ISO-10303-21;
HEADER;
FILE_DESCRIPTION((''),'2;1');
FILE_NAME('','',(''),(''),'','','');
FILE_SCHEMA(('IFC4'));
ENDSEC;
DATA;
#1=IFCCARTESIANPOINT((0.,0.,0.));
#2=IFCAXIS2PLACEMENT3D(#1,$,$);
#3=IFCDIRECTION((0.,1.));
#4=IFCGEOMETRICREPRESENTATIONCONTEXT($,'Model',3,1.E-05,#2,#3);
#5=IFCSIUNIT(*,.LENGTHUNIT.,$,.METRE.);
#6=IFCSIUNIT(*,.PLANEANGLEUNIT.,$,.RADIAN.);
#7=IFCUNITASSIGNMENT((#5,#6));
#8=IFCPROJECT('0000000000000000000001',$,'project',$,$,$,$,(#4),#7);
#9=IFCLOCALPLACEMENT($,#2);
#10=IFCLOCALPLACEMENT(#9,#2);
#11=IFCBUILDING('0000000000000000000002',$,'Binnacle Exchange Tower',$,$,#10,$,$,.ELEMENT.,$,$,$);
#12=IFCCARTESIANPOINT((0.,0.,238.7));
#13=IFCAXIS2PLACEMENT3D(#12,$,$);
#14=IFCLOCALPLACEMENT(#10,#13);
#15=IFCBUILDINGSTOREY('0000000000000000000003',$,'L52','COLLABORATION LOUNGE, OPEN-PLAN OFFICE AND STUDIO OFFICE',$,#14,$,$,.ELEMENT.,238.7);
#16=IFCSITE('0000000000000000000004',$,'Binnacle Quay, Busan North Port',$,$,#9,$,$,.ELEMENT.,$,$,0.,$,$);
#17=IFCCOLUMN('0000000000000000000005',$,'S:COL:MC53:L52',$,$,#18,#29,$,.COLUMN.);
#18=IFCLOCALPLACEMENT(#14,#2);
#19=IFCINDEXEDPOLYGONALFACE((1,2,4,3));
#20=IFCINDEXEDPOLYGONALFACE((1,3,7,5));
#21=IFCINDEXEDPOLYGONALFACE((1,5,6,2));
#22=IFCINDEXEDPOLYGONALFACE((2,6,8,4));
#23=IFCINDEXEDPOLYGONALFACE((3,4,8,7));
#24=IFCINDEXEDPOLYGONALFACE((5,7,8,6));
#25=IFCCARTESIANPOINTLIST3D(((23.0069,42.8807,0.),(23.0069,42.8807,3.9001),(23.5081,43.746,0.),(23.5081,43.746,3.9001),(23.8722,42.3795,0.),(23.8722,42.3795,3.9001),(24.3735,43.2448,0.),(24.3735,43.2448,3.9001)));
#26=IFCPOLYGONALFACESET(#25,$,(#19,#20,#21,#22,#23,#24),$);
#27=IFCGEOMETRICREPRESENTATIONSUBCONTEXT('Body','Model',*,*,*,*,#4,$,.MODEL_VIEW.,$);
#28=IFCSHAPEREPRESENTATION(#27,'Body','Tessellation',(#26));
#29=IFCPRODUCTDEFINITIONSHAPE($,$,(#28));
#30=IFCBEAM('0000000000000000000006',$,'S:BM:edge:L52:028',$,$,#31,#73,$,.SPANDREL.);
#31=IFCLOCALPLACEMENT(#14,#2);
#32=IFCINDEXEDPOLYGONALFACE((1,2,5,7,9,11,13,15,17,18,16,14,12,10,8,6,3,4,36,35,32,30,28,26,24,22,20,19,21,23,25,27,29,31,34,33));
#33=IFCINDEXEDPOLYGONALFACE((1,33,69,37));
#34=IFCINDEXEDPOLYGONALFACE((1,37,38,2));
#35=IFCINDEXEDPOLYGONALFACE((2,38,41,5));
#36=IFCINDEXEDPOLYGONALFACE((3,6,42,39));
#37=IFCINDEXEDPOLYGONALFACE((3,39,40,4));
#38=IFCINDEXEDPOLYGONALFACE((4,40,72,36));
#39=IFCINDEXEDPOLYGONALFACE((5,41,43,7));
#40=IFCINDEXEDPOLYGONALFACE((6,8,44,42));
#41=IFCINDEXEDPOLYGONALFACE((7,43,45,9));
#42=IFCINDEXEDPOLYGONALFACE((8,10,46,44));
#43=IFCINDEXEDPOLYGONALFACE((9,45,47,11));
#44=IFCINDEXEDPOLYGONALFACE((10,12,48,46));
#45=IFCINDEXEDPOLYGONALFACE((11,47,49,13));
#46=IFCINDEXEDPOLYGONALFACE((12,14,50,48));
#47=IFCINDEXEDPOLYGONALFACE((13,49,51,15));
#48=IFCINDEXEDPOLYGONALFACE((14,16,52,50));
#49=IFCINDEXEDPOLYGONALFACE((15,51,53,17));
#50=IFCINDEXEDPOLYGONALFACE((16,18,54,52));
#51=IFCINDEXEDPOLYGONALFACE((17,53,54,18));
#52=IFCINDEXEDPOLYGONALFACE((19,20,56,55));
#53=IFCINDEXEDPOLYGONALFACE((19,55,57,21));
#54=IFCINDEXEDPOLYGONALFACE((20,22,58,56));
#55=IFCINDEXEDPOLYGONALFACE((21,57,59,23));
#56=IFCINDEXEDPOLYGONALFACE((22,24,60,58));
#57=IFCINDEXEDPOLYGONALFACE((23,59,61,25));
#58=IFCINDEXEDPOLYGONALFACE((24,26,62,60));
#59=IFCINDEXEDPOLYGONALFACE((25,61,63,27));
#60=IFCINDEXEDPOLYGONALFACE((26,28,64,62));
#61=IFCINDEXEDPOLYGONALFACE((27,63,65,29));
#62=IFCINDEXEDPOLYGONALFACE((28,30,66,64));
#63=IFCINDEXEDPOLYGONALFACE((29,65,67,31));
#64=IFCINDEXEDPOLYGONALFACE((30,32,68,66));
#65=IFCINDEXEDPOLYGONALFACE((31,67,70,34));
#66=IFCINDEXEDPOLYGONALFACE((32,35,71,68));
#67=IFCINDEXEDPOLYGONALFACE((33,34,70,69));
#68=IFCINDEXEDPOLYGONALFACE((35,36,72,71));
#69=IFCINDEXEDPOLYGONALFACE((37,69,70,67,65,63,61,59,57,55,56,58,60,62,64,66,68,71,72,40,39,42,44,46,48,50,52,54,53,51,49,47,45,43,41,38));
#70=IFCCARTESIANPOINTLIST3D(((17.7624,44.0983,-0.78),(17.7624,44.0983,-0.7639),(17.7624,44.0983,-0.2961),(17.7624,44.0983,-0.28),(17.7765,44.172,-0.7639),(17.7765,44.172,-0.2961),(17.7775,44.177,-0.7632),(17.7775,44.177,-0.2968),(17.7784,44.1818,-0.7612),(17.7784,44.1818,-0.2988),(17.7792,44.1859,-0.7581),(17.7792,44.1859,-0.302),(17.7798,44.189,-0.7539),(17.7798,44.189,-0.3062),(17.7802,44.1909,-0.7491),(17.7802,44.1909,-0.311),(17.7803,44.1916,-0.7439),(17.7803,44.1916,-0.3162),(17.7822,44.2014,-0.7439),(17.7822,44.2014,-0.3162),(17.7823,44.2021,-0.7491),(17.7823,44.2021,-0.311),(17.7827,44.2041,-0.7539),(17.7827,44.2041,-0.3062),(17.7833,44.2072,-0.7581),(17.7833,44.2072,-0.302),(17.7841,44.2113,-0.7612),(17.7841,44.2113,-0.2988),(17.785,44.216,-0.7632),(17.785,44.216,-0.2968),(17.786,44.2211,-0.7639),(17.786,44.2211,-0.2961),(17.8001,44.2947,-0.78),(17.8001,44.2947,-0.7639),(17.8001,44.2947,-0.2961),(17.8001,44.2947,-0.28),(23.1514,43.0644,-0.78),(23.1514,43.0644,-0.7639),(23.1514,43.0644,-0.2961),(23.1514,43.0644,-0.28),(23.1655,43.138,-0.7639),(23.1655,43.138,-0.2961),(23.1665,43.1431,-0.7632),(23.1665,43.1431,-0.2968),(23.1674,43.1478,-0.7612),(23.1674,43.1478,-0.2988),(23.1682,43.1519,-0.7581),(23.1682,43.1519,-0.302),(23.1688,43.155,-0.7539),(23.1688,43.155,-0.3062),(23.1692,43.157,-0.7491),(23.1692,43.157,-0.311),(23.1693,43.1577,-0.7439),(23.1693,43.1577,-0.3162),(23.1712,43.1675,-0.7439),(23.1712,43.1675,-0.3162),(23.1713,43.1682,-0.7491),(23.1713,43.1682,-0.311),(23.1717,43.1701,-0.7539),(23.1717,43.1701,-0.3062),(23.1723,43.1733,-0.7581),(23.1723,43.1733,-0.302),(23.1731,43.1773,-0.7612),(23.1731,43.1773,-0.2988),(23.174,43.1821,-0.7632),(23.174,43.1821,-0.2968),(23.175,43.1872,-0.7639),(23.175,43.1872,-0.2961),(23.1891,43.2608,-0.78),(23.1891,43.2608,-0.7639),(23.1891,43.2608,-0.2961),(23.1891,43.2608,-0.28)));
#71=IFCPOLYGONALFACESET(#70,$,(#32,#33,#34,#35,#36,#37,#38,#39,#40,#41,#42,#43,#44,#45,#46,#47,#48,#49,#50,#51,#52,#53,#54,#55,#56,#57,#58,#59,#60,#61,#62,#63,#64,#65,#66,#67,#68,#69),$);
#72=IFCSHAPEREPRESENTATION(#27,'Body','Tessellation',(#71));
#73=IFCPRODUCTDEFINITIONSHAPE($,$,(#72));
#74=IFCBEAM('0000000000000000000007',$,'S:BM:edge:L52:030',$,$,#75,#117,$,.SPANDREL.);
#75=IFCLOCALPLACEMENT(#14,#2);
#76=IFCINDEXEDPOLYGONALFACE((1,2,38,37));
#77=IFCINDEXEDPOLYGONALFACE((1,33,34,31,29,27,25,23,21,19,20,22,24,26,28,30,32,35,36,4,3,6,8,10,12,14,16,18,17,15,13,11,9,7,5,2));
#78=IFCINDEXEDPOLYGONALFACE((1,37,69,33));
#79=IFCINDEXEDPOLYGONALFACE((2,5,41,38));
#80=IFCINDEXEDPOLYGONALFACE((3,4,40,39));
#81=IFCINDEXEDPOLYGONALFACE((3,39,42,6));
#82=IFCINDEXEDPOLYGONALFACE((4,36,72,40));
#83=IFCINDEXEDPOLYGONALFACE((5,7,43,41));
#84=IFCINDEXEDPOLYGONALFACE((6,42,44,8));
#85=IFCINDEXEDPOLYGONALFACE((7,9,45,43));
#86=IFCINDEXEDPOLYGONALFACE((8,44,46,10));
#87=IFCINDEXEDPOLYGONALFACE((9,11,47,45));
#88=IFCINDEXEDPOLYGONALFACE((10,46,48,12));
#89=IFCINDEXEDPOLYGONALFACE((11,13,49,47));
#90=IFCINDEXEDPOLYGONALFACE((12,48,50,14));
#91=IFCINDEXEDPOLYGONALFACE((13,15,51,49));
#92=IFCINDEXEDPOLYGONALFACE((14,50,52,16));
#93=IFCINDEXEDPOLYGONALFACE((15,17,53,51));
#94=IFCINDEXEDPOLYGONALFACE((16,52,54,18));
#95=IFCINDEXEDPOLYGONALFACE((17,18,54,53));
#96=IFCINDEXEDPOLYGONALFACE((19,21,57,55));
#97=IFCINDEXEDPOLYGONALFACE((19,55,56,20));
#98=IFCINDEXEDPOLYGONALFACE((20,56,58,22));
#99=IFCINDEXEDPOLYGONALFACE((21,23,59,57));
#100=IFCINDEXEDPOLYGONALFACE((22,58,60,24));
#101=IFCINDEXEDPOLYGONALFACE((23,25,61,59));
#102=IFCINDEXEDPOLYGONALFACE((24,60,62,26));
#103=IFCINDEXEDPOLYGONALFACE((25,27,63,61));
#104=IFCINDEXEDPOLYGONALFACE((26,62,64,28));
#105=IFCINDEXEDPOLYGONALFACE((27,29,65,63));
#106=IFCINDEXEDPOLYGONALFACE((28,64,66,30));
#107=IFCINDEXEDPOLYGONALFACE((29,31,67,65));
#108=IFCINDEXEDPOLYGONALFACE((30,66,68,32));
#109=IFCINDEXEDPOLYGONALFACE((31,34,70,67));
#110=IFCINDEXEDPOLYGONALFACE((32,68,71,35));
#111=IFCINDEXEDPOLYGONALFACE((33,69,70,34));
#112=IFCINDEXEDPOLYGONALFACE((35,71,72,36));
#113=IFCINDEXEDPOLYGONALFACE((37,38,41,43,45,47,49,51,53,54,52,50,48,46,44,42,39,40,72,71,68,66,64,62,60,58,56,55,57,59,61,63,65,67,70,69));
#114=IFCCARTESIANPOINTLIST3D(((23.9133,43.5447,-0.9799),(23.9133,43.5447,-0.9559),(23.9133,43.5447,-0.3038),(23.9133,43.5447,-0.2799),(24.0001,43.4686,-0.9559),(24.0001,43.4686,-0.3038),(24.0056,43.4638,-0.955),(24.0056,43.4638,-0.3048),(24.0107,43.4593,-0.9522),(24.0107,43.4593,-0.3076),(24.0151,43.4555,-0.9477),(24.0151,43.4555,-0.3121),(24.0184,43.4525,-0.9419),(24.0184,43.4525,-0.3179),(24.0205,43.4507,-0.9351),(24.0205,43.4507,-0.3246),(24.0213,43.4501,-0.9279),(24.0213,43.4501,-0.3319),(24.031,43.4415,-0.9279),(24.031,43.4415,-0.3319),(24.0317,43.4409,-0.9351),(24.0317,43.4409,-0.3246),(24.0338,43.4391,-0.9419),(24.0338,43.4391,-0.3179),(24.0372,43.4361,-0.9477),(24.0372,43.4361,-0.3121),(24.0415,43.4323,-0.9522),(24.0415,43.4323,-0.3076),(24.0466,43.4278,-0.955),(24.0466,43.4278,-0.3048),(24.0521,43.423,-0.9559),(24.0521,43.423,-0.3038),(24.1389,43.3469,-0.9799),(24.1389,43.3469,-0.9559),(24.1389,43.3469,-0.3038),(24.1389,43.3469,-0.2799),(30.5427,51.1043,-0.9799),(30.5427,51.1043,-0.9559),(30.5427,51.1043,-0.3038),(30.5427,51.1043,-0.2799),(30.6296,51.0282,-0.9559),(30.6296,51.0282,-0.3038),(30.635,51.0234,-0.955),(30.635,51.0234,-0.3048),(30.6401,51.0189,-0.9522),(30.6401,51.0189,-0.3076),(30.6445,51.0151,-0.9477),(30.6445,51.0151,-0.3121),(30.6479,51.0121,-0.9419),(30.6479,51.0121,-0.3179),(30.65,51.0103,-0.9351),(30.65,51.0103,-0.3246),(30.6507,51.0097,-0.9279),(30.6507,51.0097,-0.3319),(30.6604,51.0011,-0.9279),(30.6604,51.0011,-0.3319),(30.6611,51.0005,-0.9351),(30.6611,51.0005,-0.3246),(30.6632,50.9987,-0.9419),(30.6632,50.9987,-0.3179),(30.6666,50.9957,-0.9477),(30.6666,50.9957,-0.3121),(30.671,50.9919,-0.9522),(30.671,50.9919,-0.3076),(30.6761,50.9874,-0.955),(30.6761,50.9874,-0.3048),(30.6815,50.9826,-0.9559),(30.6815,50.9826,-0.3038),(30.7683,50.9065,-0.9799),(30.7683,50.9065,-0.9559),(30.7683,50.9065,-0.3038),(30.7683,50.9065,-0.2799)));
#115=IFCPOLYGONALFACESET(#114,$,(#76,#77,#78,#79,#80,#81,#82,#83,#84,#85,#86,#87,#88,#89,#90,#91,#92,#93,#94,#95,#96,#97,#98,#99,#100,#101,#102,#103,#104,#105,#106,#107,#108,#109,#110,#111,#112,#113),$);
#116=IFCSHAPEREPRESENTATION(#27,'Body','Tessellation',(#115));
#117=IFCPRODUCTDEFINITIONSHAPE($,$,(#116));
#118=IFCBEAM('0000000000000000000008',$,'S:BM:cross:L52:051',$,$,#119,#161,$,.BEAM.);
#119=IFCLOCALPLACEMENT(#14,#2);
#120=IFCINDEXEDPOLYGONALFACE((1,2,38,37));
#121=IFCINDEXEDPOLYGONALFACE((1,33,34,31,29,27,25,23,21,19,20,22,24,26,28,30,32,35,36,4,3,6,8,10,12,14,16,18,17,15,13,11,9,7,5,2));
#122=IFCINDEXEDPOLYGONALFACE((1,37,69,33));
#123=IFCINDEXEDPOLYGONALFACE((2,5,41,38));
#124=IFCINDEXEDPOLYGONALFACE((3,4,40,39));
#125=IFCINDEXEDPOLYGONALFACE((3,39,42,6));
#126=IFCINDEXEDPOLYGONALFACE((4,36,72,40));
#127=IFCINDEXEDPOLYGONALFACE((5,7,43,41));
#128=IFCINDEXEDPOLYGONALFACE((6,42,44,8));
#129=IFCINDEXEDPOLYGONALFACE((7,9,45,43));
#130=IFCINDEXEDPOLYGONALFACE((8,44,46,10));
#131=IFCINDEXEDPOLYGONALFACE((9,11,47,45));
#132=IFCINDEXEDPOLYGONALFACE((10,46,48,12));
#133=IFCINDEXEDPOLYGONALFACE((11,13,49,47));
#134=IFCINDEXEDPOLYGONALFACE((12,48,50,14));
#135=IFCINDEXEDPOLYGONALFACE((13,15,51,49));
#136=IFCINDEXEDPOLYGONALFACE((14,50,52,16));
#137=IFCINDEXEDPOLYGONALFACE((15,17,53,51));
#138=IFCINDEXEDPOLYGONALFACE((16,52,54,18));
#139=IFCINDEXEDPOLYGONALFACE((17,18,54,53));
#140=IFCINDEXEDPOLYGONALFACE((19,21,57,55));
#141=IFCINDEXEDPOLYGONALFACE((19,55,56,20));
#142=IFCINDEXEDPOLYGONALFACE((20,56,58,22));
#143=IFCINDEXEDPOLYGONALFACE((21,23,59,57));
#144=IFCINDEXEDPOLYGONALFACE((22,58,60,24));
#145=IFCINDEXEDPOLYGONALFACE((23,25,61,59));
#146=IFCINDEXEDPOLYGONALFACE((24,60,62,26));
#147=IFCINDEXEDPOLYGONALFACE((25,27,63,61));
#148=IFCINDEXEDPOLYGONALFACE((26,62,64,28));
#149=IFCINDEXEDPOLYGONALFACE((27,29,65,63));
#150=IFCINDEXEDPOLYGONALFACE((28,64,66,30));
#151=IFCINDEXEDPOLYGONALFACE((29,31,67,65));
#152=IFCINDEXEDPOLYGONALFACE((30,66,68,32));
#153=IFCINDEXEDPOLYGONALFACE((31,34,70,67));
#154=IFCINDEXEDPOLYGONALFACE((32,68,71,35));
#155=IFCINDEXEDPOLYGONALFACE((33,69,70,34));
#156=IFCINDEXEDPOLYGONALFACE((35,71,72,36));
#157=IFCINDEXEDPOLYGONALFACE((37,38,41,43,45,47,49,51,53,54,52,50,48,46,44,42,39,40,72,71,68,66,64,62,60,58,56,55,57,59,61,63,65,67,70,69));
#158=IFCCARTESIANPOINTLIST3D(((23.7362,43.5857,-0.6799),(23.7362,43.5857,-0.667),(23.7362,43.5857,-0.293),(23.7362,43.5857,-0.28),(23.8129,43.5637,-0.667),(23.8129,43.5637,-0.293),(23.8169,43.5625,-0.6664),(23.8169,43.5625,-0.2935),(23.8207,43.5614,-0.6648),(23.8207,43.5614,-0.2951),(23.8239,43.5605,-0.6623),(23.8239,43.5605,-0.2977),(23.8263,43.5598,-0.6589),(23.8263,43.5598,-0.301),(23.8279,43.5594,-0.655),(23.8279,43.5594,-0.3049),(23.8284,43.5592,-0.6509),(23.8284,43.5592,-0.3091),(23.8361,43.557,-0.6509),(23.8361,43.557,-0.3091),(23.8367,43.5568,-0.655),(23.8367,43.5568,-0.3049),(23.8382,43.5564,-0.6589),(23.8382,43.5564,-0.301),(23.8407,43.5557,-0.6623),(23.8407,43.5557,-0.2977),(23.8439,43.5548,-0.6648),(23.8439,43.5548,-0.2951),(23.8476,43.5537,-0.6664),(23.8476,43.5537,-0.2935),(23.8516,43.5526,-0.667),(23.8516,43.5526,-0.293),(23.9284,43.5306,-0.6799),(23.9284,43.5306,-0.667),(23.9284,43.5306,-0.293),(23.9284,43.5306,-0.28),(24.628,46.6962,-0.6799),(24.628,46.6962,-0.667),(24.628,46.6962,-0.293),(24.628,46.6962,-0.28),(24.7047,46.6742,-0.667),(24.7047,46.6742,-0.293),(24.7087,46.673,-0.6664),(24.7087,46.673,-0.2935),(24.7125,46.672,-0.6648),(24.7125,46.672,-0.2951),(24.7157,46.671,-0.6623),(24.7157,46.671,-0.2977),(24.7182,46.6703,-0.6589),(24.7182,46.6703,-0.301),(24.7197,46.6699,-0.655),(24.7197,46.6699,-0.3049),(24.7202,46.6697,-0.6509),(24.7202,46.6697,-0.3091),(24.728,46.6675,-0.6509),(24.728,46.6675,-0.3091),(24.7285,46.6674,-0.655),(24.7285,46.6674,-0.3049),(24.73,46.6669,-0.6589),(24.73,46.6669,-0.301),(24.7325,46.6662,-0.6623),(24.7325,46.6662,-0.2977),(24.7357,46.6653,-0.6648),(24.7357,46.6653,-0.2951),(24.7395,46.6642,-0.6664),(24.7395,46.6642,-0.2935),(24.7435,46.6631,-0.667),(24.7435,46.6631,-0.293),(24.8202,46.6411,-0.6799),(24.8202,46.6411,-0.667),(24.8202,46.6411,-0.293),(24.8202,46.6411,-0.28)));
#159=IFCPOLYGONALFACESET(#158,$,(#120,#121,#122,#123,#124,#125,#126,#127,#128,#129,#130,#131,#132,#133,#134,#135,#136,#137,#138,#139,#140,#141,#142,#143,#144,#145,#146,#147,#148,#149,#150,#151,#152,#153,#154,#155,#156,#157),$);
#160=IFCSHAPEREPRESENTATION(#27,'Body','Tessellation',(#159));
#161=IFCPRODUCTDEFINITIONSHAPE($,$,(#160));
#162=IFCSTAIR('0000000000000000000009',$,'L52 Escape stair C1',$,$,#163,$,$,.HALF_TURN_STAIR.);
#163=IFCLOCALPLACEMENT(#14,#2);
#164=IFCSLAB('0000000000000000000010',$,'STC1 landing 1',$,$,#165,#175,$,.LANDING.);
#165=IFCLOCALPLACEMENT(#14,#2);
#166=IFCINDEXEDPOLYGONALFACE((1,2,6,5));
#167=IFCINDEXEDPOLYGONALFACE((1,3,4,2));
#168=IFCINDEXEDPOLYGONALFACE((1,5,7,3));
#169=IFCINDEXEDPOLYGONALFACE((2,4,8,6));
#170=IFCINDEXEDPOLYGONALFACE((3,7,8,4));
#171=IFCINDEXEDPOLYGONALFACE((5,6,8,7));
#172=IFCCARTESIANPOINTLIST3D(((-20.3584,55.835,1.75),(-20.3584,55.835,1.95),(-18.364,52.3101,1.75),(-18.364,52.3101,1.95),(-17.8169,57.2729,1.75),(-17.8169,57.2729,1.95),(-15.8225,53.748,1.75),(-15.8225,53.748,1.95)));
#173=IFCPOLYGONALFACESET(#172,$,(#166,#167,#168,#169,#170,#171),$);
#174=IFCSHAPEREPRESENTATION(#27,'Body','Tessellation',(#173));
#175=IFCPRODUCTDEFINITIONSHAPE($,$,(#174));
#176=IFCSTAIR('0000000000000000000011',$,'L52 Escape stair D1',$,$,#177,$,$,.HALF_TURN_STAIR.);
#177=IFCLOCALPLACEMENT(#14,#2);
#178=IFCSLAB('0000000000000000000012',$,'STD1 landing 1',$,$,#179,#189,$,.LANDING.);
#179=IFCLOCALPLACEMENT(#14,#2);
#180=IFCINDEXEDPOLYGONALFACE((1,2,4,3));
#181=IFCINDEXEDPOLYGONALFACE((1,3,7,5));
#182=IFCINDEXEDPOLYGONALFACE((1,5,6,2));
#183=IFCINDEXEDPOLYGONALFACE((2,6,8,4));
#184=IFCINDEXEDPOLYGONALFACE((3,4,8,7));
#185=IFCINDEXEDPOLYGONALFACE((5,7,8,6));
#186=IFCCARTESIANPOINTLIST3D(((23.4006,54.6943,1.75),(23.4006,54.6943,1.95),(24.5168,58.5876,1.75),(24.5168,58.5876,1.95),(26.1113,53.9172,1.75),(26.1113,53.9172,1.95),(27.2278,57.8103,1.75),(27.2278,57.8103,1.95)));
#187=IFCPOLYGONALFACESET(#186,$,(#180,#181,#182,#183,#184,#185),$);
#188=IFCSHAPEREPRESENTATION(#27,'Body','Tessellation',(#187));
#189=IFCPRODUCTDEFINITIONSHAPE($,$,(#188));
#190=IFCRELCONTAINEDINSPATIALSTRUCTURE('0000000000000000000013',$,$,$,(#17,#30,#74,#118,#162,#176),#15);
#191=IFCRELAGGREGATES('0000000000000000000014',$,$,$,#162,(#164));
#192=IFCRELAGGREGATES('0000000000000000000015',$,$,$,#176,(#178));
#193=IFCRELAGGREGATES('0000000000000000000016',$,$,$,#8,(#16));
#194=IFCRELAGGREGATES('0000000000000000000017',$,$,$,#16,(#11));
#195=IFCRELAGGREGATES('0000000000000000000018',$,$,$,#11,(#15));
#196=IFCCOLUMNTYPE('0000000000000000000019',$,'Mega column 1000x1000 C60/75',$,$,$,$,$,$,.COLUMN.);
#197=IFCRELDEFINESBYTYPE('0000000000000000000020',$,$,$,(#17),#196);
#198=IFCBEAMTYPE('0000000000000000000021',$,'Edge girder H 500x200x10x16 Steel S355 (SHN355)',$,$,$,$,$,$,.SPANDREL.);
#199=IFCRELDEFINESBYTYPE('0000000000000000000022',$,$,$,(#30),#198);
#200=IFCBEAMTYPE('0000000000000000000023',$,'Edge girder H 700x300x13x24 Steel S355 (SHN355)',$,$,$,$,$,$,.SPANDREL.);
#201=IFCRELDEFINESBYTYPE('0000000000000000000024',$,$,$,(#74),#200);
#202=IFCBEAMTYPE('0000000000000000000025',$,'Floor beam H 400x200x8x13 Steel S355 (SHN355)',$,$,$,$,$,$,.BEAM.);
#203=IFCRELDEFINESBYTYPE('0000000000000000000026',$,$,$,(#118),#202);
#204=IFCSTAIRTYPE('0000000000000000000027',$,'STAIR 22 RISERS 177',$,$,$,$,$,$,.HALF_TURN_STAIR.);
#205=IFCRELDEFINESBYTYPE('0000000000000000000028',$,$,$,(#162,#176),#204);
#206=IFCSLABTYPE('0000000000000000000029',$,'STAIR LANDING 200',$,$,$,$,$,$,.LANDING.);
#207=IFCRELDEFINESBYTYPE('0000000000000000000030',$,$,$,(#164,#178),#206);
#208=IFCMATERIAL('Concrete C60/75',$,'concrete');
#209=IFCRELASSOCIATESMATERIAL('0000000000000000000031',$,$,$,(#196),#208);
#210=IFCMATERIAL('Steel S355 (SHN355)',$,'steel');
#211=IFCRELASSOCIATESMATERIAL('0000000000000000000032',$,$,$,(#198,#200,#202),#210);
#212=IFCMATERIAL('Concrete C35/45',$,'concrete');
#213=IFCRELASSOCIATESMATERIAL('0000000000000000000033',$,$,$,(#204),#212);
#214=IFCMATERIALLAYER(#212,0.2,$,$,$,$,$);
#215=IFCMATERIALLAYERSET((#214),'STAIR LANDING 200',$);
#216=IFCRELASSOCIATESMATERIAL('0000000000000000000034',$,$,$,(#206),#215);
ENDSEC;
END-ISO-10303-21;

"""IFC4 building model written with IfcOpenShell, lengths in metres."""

from ifc_helpers import new_model, si_unit, direction, frame, origin, origin_2d, place, context, subcontext, project, spatial, polyline, rectangle, i_section, outline, extrude, material, layer, layer_set, material_profile, profile_set, type_object, element, aggregate, save


model = new_model("IFC4")

# Units and contexts
model_context = context("Model", 3, precision=1e-05, world=origin(), true_north=direction((0.0, 1.0)))
body_context = subcontext(model_context, "Body", "Model", "MODEL_VIEW")
ifc_project = project(units=[si_unit("LENGTHUNIT", "METRE"), si_unit("PLANEANGLEUNIT", "RADIAN")], contexts=[model_context])

# Site, building, storey
site_placement = place(None, origin())
site = spatial("IfcSite", under=ifc_project, at=site_placement, Name="Binnacle Quay, Busan North Port", CompositionType="ELEMENT", RefElevation=0.0)
building_placement = place(site_placement, origin())
building = spatial("IfcBuilding", under=site, at=building_placement, Name="Binnacle Exchange Tower", CompositionType="ELEMENT")
storey_placement = place(building_placement, frame((0.0, 0.0, 238.7)))
storey = spatial("IfcBuildingStorey", under=building, at=storey_placement, Name="L52", Description="COLLABORATION LOUNGE, OPEN-PLAN OFFICE AND STUDIO OFFICE", CompositionType="ELEMENT", Elevation=238.7)

# Column
ifc_material_1 = material(Name="Concrete C60/75", Category="concrete")
ifc_material_profile_1 = material_profile(ifc_material_1, rectangle(XDim=1.0, YDim=1.0, at=origin_2d()), Name="Mega column 1000x1000 C60/75")
ifc_profile_set_1 = profile_set([ifc_material_profile_1], Name="Concrete C60/75")
column_type = type_object("IfcColumnType", Name="Mega column 1000x1000 C60/75", PredefinedType="COLUMN", material=ifc_profile_set_1)
column_placement = place(storey_placement, frame((23.6902, 43.0627, 0.0), z_axis=(0.0, 0.0, 1.0), x_axis=(-0.865326, 0.501209, 0.0)))
element("IfcColumn", 1, at=column_placement, inside=storey, type_object=column_type, Name="S:COL:MC53:L52", PredefinedType="COLUMN", context=body_context, shape_type="SweptSolid", body=[
    extrude(rectangle(XDim=1.0, YDim=1.0, at=origin_2d()), origin(), (0.0, 0.0, 1.0), 3.9001),
])

# Beams
ifc_material_2 = material(Name="Steel S355 (SHN355)", Category="steel")
ifc_material_profile_2 = material_profile(ifc_material_2, i_section(OverallWidth=0.2, OverallDepth=0.5, WebThickness=0.01, FlangeThickness=0.0161, FilletRadius=0.02, at=origin_2d()), Name="H 500x200x10x16")
ifc_profile_set_2 = profile_set([ifc_material_profile_2], Name="Steel S355 (SHN355)")
beam_type_1 = type_object("IfcBeamType", Name="Edge girder H 500x200x10x16 Steel S355 (SHN355)", PredefinedType="SPANDREL", material=ifc_profile_set_2)
beam_1_placement = place(storey_placement, frame((17.7812, 44.1965, -0.53), z_axis=(0.982087, -0.188427, 0.0), x_axis=(0.188427, 0.982087, 0.0)))
element("IfcBeam", 2, at=beam_1_placement, inside=storey, type_object=beam_type_1, Name="S:BM:edge:L52:028", PredefinedType="SPANDREL", context=body_context, shape_type="SweptSolid", body=[
    extrude(i_section(OverallWidth=0.2, OverallDepth=0.5, WebThickness=0.01, FlangeThickness=0.0161, FilletRadius=0.02, at=origin_2d()), origin(), (0.0, 0.0, 1.0), 5.4873),
])
ifc_material_profile_3 = material_profile(ifc_material_2, i_section(OverallWidth=0.3, OverallDepth=0.7, WebThickness=0.0129, FlangeThickness=0.0239, FilletRadius=0.0281, at=origin_2d()), Name="H 700x300x13x24")
ifc_profile_set_3 = profile_set([ifc_material_profile_3], Name="Steel S355 (SHN355)")
beam_type_2 = type_object("IfcBeamType", Name="Edge girder H 700x300x13x24 Steel S355 (SHN355)", PredefinedType="SPANDREL", material=ifc_profile_set_3)
beam_2_placement = place(storey_placement, frame((24.0261, 43.4458, -0.6299), z_axis=(0.659336, 0.751848, 0.0), x_axis=(-0.751848, 0.659336, 0.0)))
element("IfcBeam", 3, at=beam_2_placement, inside=storey, type_object=beam_type_2, Name="S:BM:edge:L52:030", PredefinedType="SPANDREL", context=body_context, shape_type="SweptSolid", body=[
    extrude(i_section(OverallWidth=0.3, OverallDepth=0.7, WebThickness=0.0129, FlangeThickness=0.0239, FilletRadius=0.0281, at=origin_2d()), origin(), (0.0, 0.0, 1.0), 10.0547),
])
ifc_material_profile_4 = material_profile(ifc_material_2, i_section(OverallWidth=0.2, OverallDepth=0.3999, WebThickness=0.0081, FlangeThickness=0.0129, FilletRadius=0.0161, at=origin_2d()), Name="H 400x200x8x13")
ifc_profile_set_4 = profile_set([ifc_material_profile_4], Name="Steel S355 (SHN355)")
beam_type_3 = type_object("IfcBeamType", Name="Floor beam H 400x200x8x13 Steel S355 (SHN355)", PredefinedType="BEAM", material=ifc_profile_set_4)
beam_3_placement = place(storey_placement, frame((23.8323, 43.5581, -0.48), z_axis=(0.275608, 0.96127, 0.0), x_axis=(-0.96127, 0.275608, 0.0)))
element("IfcBeam", 4, at=beam_3_placement, inside=storey, type_object=beam_type_3, Name="S:BM:cross:L52:051", PredefinedType="BEAM", context=body_context, shape_type="SweptSolid", body=[
    extrude(i_section(OverallWidth=0.2, OverallDepth=0.3999, WebThickness=0.0081, FlangeThickness=0.0129, FilletRadius=0.0161, at=origin_2d()), origin(), (0.0, 0.0, 1.0), 3.2358),
])

# Stairs, slabs
ifc_material_3 = material(Name="Concrete C35/45", Category="concrete")
stair_type = type_object("IfcStairType", Name="STAIR 22 RISERS 177", PredefinedType="HALF_TURN_STAIR", material=ifc_material_3)
stair_1_placement = place(storey_placement, origin())
stair_1 = element("IfcStair", 5, at=stair_1_placement, inside=storey, type_object=stair_type, Name="L52 Escape stair C1", PredefinedType="HALF_TURN_STAIR")
ifc_layer_1 = layer(ifc_material_3, 0.2)
ifc_layer_set_1 = layer_set([ifc_layer_1], Name="STAIR LANDING 200")
slab_type = type_object("IfcSlabType", Name="STAIR LANDING 200", PredefinedType="LANDING", material=ifc_layer_set_1)
slab_1_placement = place(storey_placement, frame((0.0, 0.0, 1.75)))
slab_1 = element("IfcSlab", 6, at=slab_1_placement, type_object=slab_type, Name="STC1 landing 1", PredefinedType="LANDING", context=body_context, shape_type="SweptSolid", body=[
    extrude(outline(polyline([(-18.364, 52.3101), (-15.8225, 53.748), (-17.8169, 57.2729), (-20.3584, 55.835), (-18.364, 52.3101)])), origin(), (0.0, 0.0, 1.0), 0.2),
])
aggregate(stair_1, [slab_1])
stair_2_placement = place(storey_placement, origin())
stair_2 = element("IfcStair", 7, at=stair_2_placement, inside=storey, type_object=stair_type, Name="L52 Escape stair D1", PredefinedType="HALF_TURN_STAIR")
slab_2_placement = place(storey_placement, frame((0.0, 0.0, 1.75)))
slab_2 = element("IfcSlab", 8, at=slab_2_placement, type_object=slab_type, Name="STD1 landing 1", PredefinedType="LANDING", context=body_context, shape_type="SweptSolid", body=[
    extrude(outline(polyline([(23.4006, 54.6943), (26.1113, 53.9172), (27.2278, 57.8103), (24.5168, 58.5876), (23.4006, 54.6943)])), origin(), (0.0, 0.0, 1.0), 0.2),
])
aggregate(stair_2, [slab_2])

save(model, "model.ifc")
